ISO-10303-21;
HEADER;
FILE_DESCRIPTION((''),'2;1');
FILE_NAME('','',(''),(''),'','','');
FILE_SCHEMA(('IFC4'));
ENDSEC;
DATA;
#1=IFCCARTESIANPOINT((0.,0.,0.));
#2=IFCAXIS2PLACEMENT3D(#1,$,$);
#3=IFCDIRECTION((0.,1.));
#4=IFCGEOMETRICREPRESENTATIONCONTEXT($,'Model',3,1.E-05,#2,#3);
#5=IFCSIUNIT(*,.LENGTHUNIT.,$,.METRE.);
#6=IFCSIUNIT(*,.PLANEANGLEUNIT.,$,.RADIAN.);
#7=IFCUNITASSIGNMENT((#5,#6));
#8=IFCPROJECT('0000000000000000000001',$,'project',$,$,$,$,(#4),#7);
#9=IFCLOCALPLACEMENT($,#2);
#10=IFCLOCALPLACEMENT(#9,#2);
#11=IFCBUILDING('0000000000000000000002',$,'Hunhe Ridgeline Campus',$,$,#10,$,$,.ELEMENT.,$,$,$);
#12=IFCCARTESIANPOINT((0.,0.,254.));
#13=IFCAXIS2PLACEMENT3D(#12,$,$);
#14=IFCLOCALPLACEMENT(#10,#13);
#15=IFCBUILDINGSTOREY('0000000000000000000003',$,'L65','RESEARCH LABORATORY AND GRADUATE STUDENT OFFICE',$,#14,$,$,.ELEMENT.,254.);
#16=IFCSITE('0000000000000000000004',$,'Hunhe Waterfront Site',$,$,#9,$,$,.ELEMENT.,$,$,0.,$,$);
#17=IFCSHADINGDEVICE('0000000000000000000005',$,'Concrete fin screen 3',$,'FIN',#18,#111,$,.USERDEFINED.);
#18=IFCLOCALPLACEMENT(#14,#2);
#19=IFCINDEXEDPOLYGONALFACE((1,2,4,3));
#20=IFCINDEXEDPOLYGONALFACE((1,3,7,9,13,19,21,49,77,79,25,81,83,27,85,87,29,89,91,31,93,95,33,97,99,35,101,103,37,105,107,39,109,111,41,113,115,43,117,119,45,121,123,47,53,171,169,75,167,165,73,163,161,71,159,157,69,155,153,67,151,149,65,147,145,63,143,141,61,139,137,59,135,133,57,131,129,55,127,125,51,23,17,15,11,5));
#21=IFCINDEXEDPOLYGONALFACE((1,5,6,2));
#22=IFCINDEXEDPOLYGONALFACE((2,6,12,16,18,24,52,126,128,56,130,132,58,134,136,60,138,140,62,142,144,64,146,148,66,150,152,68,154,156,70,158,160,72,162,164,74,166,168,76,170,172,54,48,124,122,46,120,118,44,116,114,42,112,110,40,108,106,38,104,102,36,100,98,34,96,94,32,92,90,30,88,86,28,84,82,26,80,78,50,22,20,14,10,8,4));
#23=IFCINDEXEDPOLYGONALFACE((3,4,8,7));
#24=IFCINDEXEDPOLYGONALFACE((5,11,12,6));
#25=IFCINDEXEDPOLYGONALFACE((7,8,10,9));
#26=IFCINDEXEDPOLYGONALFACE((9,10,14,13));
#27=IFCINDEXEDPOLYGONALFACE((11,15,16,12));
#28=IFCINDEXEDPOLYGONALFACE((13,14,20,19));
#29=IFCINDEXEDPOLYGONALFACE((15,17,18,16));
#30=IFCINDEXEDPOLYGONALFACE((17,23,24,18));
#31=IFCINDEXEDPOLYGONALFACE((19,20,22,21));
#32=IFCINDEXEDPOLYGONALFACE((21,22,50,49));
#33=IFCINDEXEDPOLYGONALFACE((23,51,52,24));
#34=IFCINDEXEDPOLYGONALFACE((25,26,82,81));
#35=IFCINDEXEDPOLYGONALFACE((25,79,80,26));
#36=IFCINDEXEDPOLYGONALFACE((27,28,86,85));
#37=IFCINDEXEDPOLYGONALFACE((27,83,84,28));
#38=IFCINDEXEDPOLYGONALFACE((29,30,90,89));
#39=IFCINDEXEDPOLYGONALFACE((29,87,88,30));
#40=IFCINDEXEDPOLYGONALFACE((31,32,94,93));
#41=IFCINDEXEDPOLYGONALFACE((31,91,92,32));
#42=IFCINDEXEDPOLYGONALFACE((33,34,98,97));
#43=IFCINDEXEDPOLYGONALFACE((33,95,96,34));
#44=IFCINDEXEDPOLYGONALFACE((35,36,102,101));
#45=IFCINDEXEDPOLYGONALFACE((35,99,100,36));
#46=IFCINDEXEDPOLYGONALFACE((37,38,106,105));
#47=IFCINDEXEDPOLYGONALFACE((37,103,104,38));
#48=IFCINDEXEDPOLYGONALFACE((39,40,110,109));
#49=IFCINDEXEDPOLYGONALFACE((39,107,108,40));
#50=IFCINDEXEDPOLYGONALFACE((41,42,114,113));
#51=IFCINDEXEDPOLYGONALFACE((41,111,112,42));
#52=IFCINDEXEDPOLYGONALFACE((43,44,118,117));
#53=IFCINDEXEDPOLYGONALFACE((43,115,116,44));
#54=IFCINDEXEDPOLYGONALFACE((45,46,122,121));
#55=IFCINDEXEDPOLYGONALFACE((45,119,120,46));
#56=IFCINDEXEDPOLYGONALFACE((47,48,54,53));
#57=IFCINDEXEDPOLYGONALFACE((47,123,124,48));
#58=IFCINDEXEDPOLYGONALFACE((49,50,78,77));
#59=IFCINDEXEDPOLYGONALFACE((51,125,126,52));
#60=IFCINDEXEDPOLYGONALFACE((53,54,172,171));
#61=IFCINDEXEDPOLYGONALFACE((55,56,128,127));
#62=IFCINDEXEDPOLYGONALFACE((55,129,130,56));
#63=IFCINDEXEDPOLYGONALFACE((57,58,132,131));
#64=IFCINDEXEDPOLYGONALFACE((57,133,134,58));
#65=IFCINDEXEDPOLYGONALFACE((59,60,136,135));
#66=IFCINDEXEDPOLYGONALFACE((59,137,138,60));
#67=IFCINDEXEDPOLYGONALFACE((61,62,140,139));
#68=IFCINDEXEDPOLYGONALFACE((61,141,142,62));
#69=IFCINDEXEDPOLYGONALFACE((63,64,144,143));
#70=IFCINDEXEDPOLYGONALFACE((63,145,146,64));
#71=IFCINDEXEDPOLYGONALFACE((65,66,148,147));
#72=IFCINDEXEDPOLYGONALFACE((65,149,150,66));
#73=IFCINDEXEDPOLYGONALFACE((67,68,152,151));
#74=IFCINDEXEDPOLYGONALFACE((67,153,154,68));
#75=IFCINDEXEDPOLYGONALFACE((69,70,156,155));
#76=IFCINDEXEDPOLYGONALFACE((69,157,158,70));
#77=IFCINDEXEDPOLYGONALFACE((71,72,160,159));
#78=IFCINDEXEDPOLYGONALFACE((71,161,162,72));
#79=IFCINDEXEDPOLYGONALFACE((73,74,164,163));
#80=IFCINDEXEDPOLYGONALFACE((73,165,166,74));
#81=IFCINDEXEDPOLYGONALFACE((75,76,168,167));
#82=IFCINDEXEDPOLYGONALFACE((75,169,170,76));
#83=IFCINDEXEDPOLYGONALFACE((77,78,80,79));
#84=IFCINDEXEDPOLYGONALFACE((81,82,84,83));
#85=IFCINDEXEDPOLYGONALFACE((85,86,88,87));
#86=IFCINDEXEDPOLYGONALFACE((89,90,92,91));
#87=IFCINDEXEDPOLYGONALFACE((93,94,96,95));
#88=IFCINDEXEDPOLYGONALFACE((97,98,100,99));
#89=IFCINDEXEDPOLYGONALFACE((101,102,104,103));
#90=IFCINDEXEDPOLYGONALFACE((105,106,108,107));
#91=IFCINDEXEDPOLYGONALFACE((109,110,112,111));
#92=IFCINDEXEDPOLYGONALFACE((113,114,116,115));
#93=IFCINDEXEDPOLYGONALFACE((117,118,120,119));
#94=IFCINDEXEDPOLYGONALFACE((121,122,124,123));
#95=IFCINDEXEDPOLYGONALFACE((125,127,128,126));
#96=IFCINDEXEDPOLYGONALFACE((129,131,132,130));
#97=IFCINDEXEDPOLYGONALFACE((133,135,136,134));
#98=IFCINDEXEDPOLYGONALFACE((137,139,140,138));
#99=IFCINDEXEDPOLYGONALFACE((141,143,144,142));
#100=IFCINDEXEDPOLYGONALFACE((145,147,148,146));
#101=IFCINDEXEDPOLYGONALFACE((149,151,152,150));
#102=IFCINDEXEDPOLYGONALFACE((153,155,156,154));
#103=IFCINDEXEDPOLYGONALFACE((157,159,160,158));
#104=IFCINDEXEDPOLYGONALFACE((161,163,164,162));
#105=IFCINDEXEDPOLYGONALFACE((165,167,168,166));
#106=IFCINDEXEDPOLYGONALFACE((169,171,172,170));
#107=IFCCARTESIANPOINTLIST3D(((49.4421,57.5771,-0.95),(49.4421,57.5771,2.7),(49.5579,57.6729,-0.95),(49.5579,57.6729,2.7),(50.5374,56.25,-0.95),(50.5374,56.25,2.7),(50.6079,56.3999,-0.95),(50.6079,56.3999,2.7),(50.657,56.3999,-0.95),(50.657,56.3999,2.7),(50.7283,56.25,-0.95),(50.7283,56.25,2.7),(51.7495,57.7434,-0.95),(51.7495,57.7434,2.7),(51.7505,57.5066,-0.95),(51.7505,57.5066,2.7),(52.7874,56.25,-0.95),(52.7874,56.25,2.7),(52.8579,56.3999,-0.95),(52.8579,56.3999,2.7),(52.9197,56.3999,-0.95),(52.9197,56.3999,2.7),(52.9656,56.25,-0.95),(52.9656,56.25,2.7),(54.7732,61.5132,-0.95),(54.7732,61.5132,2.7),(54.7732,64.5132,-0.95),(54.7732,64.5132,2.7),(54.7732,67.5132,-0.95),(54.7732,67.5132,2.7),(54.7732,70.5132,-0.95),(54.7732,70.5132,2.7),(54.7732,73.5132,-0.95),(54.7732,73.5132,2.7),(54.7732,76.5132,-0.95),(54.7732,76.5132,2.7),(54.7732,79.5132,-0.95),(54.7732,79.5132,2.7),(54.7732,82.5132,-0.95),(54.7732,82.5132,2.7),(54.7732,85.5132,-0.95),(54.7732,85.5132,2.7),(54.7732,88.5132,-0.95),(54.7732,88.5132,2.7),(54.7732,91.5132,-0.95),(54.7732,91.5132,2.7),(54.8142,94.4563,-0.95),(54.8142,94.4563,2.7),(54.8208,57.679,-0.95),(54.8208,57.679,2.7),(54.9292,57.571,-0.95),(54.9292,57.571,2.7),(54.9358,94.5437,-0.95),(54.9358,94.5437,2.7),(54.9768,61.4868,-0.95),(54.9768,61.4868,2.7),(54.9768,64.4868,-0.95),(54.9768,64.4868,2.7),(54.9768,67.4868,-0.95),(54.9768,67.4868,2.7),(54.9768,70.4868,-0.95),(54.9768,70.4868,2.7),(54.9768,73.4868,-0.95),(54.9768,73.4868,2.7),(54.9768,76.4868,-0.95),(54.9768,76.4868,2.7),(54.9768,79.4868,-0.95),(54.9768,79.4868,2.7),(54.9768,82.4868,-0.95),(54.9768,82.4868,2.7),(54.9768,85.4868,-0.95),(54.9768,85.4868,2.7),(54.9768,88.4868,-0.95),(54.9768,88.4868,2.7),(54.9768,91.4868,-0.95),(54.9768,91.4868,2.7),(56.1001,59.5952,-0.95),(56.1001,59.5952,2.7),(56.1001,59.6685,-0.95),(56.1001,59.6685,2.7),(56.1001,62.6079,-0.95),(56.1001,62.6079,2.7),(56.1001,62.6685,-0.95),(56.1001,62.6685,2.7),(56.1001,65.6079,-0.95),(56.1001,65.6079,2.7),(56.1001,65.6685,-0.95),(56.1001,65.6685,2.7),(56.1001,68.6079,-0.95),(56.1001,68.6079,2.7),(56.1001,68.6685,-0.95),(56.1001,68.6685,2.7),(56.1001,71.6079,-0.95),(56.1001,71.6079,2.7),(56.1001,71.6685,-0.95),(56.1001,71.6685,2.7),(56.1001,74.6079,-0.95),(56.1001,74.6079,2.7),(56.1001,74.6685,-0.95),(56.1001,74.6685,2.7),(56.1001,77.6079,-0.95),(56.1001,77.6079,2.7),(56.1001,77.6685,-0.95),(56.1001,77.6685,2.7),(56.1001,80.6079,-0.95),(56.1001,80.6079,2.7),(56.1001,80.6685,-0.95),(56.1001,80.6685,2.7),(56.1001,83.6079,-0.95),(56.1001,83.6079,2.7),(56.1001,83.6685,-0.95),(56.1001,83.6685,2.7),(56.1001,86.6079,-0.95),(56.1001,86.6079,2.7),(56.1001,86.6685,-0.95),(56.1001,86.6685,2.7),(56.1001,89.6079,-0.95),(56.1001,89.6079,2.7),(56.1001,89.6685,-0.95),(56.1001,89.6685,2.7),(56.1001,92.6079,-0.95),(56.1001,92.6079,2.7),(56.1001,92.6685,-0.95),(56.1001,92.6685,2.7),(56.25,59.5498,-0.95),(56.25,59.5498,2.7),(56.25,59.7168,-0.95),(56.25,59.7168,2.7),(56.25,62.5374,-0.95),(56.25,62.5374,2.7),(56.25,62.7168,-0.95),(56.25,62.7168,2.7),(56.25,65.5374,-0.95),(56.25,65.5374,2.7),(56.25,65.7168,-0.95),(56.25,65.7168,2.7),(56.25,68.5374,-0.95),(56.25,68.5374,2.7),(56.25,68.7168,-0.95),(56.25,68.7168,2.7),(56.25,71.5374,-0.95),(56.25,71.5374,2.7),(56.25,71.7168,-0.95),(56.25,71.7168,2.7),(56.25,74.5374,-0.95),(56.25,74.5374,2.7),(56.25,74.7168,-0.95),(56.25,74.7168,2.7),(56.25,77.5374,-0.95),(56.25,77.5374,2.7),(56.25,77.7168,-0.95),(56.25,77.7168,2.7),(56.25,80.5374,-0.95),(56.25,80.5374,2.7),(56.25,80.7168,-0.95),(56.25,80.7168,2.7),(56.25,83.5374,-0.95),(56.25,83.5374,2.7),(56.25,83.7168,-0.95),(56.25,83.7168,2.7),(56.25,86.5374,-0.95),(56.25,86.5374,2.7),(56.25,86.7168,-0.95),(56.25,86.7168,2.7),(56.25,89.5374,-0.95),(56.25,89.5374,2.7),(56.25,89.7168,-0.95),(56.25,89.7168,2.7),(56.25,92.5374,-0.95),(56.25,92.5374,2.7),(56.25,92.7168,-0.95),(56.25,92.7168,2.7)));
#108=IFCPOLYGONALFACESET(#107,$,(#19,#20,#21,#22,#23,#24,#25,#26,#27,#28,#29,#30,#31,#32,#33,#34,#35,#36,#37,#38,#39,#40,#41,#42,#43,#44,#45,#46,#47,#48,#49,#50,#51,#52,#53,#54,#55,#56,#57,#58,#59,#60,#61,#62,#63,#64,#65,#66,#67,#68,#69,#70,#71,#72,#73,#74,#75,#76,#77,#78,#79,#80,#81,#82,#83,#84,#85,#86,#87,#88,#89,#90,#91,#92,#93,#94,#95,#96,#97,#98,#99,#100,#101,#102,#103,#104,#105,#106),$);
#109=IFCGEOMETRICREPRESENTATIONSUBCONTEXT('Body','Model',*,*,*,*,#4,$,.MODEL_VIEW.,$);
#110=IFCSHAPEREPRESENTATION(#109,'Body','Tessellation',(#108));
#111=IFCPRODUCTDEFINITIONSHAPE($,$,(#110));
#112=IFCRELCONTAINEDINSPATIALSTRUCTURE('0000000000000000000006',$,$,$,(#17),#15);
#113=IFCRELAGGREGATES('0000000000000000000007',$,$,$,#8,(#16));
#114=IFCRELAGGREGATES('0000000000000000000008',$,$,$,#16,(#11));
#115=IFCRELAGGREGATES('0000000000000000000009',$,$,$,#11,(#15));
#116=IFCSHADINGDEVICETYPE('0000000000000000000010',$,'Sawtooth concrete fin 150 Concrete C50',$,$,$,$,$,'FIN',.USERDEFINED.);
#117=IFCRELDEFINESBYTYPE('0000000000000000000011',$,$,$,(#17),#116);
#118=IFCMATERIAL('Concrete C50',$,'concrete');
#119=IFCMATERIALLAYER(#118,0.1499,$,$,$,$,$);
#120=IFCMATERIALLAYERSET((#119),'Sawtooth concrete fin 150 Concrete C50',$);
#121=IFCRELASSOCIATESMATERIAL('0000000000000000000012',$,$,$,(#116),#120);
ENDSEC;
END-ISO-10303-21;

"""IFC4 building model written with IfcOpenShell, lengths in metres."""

from ifc_helpers import new_model, si_unit, direction, frame, origin, place, context, subcontext, project, spatial, polyline, outline, extrude, material, layer, layer_set, type_object, element, save


model = new_model("IFC4")

# Units and contexts
model_context = context("Model", 3, precision=1e-05, world=origin(), true_north=direction((0.0, 1.0)))
body_context = subcontext(model_context, "Body", "Model", "MODEL_VIEW")
ifc_project = project(units=[si_unit("LENGTHUNIT", "METRE"), si_unit("PLANEANGLEUNIT", "RADIAN")], contexts=[model_context])

# Site, building, storey
site_placement = place(None, origin())
site = spatial("IfcSite", under=ifc_project, at=site_placement, Name="Hunhe Waterfront Site", CompositionType="ELEMENT", RefElevation=0.0)
building_placement = place(site_placement, origin())
building = spatial("IfcBuilding", under=site, at=building_placement, Name="Hunhe Ridgeline Campus", CompositionType="ELEMENT")
storey_placement = place(building_placement, frame((0.0, 0.0, 254.0)))
storey = spatial("IfcBuildingStorey", under=building, at=storey_placement, Name="L65", Description="RESEARCH LABORATORY AND GRADUATE STUDENT OFFICE", CompositionType="ELEMENT", Elevation=254.0)

# Shared definitions
ifc_material_1 = material(Name="Concrete C50", Category="concrete")

# Shading device
ifc_layer_1 = layer(ifc_material_1, 0.1499)
ifc_layer_set_1 = layer_set([ifc_layer_1], Name="Sawtooth concrete fin 150 Concrete C50")
shading_device_type = type_object("IfcShadingDeviceType", Name="Sawtooth concrete fin 150 Concrete C50", ElementType="FIN", PredefinedType="USERDEFINED", material=ifc_layer_set_1)
shading_device_1_placement = place(storey_placement, frame((0.0, 0.0, -0.95)))
element("IfcShadingDevice", 1, at=shading_device_1_placement, inside=storey, type_object=shading_device_type, Name="Concrete fin screen 3", ObjectType="FIN", PredefinedType="USERDEFINED", context=body_context, shape_type="SweptSolid", body=[
    extrude(outline(polyline([(49.5579, 57.6729), (49.4421, 57.5771), (50.5374, 56.25), (50.7283, 56.25), (51.7505, 57.5066), (52.7874, 56.25), (52.9656, 56.25), (54.9292, 57.571), (56.25, 59.5498), (56.25, 59.7168), (54.9768, 61.4868), (56.25, 62.5374), (56.25, 62.7168), (54.9768, 64.4868), (56.25, 65.5374), (56.25, 65.7168), (54.9768, 67.4868), (56.25, 68.5374), (56.25, 68.7168), (54.9768, 70.4868), (56.25, 71.5374), (56.25, 71.7168), (54.9768, 73.4868), (56.25, 74.5374), (56.25, 74.7168), (54.9768, 76.4868), (56.25, 77.5374), (56.25, 77.7168), (54.9768, 79.4868), (56.25, 80.5374), (56.25, 80.7168), (54.9768, 82.4868), (56.25, 83.5374), (56.25, 83.7168), (54.9768, 85.4868), (56.25, 86.5374), (56.25, 86.7168), (54.9768, 88.4868), (56.25, 89.5374), (56.25, 89.7168), (54.9768, 91.4868), (56.25, 92.5374), (56.25, 92.7168), (54.9358, 94.5437), (54.8142, 94.4563), (56.1001, 92.6685), (56.1001, 92.6079), (54.7732, 91.5132), (56.1001, 89.6685), (56.1001, 89.6079), (54.7732, 88.5132), (56.1001, 86.6685), (56.1001, 86.6079), (54.7732, 85.5132), (56.1001, 83.6685), (56.1001, 83.6079), (54.7732, 82.5132), (56.1001, 80.6685), (56.1001, 80.6079), (54.7732, 79.5132), (56.1001, 77.6685), (56.1001, 77.6079), (54.7732, 76.5132), (56.1001, 74.6685), (56.1001, 74.6079), (54.7732, 73.5132), (56.1001, 71.6685), (56.1001, 71.6079), (54.7732, 70.5132), (56.1001, 68.6685), (56.1001, 68.6079), (54.7732, 67.5132), (56.1001, 65.6685), (56.1001, 65.6079), (54.7732, 64.5132), (56.1001, 62.6685), (56.1001, 62.6079), (54.7732, 61.5132), (56.1001, 59.6685), (56.1001, 59.5952), (54.8208, 57.679), (52.9197, 56.3999), (52.8579, 56.3999), (51.7495, 57.7434), (50.657, 56.3999), (50.6079, 56.3999), (49.5579, 57.6729)])), origin(), (0.0, 0.0, 1.0), 3.6499),
])

save(model, "model.ifc")
